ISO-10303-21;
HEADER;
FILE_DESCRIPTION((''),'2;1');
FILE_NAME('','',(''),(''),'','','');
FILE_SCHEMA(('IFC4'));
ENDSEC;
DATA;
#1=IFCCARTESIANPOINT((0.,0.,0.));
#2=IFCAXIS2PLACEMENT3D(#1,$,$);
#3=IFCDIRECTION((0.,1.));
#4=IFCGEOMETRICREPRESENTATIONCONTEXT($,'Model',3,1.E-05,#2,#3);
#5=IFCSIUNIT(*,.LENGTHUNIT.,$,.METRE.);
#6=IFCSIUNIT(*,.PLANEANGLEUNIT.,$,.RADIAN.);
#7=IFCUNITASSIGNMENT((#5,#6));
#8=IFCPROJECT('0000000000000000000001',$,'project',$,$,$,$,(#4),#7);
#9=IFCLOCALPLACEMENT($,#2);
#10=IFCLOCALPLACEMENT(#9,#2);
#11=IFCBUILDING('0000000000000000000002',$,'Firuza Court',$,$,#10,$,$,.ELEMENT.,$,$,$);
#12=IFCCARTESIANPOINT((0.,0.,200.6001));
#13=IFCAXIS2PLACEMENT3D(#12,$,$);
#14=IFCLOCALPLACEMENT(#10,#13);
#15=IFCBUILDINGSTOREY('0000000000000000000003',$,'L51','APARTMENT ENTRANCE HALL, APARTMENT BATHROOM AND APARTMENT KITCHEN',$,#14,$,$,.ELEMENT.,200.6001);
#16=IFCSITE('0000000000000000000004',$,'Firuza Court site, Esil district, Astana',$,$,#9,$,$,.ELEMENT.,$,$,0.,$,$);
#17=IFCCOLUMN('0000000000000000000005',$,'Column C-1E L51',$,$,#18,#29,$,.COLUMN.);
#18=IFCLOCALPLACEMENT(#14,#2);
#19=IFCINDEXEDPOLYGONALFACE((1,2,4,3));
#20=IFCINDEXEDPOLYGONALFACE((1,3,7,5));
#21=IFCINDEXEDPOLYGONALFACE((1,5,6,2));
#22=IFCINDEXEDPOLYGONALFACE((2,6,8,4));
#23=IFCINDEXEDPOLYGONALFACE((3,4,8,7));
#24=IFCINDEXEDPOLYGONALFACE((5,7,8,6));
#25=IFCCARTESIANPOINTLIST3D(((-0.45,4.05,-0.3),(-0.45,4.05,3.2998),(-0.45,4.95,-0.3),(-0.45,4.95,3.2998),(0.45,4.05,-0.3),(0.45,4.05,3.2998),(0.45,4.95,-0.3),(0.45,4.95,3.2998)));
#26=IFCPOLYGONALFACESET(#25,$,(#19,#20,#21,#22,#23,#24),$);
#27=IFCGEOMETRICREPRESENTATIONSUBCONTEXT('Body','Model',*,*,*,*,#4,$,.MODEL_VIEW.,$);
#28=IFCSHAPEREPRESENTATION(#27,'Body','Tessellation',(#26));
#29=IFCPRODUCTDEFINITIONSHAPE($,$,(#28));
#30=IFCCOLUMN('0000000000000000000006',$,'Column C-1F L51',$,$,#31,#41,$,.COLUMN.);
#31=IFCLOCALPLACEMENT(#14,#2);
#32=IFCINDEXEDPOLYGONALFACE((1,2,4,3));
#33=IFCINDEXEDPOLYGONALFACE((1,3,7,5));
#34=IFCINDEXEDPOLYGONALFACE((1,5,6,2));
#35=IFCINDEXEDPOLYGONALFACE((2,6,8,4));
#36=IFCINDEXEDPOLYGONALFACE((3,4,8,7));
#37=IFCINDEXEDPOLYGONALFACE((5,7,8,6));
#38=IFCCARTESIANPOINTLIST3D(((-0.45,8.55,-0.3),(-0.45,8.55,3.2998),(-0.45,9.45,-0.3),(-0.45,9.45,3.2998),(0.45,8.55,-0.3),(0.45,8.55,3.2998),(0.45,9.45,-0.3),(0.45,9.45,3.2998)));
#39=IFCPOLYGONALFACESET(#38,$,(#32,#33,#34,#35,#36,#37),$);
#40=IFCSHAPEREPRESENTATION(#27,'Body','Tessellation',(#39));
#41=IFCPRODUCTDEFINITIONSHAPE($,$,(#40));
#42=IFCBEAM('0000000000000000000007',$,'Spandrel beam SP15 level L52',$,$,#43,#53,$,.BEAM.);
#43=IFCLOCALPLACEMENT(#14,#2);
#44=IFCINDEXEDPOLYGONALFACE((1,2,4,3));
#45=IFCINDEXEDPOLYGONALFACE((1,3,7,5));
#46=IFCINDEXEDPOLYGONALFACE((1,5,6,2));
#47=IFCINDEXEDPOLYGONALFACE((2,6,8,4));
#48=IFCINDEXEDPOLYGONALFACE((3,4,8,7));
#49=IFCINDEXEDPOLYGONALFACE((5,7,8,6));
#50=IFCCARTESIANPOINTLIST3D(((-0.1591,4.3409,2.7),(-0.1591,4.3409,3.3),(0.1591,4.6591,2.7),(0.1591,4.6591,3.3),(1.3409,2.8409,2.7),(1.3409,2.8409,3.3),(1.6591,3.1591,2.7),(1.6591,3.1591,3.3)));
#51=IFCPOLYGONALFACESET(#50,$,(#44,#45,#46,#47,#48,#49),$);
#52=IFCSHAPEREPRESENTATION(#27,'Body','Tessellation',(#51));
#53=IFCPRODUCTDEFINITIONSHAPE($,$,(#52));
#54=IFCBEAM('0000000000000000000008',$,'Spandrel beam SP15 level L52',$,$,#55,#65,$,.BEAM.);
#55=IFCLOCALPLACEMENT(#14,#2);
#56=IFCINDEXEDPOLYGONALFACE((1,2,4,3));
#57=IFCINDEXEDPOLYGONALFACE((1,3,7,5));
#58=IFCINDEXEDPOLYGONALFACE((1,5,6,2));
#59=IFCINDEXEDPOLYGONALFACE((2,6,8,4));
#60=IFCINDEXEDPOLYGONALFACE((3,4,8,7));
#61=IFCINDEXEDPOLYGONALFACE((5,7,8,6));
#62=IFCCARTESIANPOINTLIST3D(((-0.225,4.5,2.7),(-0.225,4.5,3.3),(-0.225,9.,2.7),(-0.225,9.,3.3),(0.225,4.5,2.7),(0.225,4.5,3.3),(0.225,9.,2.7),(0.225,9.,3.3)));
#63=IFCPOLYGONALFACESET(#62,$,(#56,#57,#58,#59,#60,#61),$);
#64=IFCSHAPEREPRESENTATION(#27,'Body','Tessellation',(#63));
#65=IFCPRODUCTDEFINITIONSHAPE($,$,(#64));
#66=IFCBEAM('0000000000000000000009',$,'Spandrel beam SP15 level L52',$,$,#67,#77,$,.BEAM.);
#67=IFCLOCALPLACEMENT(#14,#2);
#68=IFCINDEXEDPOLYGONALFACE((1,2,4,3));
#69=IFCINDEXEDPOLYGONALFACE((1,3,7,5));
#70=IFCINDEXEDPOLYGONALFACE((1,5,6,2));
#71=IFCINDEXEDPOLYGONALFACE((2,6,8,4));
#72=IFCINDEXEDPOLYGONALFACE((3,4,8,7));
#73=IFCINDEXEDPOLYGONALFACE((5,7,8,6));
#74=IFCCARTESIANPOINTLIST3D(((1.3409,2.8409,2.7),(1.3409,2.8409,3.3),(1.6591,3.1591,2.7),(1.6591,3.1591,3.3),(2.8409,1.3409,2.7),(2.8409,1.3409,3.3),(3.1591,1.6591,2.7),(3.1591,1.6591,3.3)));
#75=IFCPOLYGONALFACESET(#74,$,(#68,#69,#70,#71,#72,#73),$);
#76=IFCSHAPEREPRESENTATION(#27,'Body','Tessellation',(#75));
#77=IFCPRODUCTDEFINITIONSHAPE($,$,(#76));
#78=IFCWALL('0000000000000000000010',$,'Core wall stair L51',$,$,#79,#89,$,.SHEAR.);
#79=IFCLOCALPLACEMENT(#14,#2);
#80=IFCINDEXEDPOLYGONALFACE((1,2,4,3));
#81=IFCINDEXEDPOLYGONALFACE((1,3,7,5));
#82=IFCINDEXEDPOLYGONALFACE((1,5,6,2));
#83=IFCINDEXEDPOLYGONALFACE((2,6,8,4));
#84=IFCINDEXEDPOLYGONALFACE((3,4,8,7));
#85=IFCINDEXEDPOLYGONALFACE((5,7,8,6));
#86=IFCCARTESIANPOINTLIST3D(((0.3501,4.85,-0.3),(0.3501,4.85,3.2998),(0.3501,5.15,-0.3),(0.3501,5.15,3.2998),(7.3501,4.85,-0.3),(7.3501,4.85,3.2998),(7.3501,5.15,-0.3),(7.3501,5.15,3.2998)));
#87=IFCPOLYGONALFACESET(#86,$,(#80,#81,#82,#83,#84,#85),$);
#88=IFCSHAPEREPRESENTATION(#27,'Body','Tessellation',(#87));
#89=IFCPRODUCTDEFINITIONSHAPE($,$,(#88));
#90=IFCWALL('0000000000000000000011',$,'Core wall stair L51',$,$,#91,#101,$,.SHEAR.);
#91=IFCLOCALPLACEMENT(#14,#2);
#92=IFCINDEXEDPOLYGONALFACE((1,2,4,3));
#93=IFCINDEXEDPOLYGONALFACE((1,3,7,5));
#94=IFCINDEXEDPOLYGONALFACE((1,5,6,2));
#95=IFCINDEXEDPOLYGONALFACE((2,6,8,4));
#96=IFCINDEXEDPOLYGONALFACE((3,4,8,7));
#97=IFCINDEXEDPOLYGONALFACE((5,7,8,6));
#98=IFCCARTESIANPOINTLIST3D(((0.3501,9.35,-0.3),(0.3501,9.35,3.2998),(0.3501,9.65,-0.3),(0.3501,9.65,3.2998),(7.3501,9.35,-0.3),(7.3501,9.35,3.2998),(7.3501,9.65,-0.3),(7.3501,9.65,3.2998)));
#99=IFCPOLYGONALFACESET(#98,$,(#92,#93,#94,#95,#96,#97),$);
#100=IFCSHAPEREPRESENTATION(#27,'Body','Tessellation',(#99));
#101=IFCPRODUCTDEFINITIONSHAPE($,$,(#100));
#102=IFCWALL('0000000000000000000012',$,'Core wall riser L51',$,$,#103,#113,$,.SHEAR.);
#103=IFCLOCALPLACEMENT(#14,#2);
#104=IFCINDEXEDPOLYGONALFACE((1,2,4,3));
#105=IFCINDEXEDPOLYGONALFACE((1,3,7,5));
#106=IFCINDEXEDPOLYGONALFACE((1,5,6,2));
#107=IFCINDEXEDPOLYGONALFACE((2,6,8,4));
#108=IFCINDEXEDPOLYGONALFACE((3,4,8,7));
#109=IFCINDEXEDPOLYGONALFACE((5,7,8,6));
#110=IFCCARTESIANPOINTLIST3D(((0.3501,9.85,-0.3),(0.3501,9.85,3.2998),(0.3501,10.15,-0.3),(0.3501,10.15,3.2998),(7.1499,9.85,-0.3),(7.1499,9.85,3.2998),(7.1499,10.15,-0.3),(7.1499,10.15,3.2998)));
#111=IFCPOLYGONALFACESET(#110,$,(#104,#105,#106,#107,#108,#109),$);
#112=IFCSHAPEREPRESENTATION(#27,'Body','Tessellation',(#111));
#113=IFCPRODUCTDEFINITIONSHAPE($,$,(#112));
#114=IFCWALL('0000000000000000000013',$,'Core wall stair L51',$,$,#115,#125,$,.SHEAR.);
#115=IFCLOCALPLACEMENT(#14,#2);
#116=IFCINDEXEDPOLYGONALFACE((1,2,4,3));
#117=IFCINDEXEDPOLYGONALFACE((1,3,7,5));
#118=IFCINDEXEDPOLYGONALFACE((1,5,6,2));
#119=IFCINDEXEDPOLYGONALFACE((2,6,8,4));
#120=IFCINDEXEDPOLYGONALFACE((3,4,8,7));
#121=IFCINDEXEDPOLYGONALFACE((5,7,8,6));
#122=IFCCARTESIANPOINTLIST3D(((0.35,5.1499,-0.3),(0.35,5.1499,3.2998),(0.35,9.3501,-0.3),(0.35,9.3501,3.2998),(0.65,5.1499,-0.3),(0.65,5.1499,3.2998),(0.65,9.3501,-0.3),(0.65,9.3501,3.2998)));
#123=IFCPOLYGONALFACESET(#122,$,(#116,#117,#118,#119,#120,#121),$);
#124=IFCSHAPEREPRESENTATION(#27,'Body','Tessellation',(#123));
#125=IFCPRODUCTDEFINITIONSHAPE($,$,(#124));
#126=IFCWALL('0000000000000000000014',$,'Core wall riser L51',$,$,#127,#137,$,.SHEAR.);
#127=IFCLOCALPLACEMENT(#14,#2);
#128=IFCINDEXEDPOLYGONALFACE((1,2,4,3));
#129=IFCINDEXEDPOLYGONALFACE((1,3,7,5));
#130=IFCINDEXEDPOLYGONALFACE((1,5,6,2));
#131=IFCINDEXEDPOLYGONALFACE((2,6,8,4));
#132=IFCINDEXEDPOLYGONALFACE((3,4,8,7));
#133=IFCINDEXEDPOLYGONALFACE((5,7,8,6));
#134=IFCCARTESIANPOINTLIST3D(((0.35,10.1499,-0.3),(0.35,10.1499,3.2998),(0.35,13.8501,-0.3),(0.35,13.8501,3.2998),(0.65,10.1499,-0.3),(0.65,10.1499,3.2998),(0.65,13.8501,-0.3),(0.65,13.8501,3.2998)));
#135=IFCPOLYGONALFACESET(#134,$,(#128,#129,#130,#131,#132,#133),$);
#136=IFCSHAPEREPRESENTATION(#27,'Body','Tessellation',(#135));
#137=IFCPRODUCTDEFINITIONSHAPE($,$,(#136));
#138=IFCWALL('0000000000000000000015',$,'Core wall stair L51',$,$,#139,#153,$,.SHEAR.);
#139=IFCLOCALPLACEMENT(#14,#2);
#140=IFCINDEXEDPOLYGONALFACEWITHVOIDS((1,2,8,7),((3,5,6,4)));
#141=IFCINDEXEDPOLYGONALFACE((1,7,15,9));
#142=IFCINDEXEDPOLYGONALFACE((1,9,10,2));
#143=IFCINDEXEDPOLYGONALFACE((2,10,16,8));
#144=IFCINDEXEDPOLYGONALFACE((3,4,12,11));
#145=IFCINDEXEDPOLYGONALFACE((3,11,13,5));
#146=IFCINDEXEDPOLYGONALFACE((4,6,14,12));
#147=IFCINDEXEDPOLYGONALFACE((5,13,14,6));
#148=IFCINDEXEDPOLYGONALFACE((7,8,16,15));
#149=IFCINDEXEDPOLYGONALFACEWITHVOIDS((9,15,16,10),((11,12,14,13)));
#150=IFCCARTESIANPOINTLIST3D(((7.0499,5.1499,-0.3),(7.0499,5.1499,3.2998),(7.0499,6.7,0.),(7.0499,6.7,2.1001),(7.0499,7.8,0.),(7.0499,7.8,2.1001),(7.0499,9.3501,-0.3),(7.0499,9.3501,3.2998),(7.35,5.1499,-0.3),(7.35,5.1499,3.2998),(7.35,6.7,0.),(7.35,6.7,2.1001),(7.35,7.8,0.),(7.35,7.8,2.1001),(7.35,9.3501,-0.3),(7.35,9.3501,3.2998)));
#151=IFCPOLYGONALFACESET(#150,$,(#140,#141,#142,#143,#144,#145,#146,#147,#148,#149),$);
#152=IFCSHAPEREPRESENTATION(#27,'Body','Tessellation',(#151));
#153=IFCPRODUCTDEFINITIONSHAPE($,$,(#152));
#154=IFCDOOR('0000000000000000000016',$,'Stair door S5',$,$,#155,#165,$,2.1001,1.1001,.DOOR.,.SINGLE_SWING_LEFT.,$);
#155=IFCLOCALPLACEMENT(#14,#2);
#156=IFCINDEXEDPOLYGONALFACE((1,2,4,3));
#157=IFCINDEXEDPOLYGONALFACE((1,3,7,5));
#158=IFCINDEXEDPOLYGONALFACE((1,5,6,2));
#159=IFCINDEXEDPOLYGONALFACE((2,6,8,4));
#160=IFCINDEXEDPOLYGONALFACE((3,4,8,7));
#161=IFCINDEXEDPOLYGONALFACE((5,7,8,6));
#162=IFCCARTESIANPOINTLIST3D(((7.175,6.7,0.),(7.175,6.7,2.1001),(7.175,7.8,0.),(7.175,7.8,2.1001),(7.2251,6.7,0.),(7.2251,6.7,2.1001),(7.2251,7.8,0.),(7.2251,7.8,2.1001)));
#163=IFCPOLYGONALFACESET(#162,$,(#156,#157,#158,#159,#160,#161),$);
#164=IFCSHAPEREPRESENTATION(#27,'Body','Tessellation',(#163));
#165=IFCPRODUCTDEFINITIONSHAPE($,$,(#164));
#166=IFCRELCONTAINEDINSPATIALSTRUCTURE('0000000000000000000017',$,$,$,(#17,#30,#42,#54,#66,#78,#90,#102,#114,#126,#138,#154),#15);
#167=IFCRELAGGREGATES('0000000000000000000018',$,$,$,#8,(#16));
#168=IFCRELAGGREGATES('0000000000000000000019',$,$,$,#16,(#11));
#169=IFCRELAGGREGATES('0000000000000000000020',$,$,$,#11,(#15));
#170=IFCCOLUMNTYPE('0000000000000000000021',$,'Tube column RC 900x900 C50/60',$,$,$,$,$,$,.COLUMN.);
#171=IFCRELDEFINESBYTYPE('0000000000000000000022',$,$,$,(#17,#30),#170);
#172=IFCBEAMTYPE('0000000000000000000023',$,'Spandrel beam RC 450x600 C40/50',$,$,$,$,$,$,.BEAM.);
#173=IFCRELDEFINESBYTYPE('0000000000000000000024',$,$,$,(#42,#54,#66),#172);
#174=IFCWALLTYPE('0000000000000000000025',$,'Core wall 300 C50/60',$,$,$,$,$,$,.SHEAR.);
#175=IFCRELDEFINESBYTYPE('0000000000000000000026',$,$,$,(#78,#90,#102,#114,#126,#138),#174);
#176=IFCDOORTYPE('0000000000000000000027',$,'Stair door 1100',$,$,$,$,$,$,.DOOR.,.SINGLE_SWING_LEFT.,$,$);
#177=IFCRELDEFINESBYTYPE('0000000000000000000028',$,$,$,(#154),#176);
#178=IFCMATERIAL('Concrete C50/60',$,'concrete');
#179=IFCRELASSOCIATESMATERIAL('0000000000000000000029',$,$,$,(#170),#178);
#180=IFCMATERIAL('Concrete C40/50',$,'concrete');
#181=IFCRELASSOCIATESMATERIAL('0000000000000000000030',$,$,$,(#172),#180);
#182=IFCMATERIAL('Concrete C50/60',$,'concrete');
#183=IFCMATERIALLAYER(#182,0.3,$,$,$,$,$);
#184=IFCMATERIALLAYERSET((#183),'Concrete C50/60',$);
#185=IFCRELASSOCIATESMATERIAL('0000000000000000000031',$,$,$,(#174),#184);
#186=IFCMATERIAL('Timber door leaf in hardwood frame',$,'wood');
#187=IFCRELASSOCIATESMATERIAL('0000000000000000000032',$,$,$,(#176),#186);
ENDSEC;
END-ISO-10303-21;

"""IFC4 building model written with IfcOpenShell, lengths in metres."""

from ifc_helpers import new_model, si_unit, direction, frame, frame_2d, origin, origin_2d, place, context, subcontext, project, spatial, rectangle, extrude, material, layer, layer_set, material_profile, profile_set, type_object, element, fill, save


model = new_model("IFC4")

# Units and contexts
model_context = context("Model", 3, precision=1e-05, world=origin(), true_north=direction((0.0, 1.0)))
body_context = subcontext(model_context, "Body", "Model", "MODEL_VIEW")
ifc_project = project(units=[si_unit("LENGTHUNIT", "METRE"), si_unit("PLANEANGLEUNIT", "RADIAN")], contexts=[model_context])

# Site, building, storey
site_placement = place(None, origin())
site = spatial("IfcSite", under=ifc_project, at=site_placement, Name="Firuza Court site, Esil district, Astana", CompositionType="ELEMENT", RefElevation=0.0)
building_placement = place(site_placement, origin())
building = spatial("IfcBuilding", under=site, at=building_placement, Name="Firuza Court", CompositionType="ELEMENT")
storey_placement = place(building_placement, frame((0.0, 0.0, 200.6001)))
storey = spatial("IfcBuildingStorey", under=building, at=storey_placement, Name="L51", Description="APARTMENT ENTRANCE HALL, APARTMENT BATHROOM AND APARTMENT KITCHEN", CompositionType="ELEMENT", Elevation=200.6001)

# Columns
ifc_material_1 = material(Name="Concrete C50/60", Category="concrete")
ifc_material_profile_1 = material_profile(ifc_material_1, rectangle(XDim=0.8999, YDim=0.8999, at=origin_2d()), Name="RC 900x900")
ifc_profile_set_1 = profile_set([ifc_material_profile_1], Name="Concrete C50/60")
column_type = type_object("IfcColumnType", Name="Tube column RC 900x900 C50/60", PredefinedType="COLUMN", material=ifc_profile_set_1)
for number, where, z_axis, x_axis, name in (
    (1, (0.0, 4.5, -0.3), (0.0, 0.0, 1.0), (1.0, 0.0, 0.0), "Column C-1E L51"),
    (2, (0.0, 9.0, -0.3), (0.0, 0.0, 1.0), (1.0, 0.0, 0.0), "Column C-1F L51"),
):
    element("IfcColumn", number, at=place(storey_placement, frame(where, z_axis=z_axis, x_axis=x_axis)), inside=storey, type_object=column_type, Name=name, PredefinedType="COLUMN", context=body_context, shape_type="SweptSolid", body=[
        extrude(rectangle(XDim=0.8999, YDim=0.8999, at=origin_2d()), origin(), (0.0, 0.0, 1.0), 3.5999),
    ])

# Beams
ifc_material_2 = material(Name="Concrete C40/50", Category="concrete")
ifc_material_profile_2 = material_profile(ifc_material_2, rectangle(XDim=0.45, YDim=0.6001, at=origin_2d()), Name="RC 450x600")
ifc_profile_set_2 = profile_set([ifc_material_profile_2], Name="Concrete C40/50")
beam_type = type_object("IfcBeamType", Name="Spandrel beam RC 450x600 C40/50", PredefinedType="BEAM", material=ifc_profile_set_2)
beam_1_placement = place(storey_placement, frame((0.0, 4.5, 3.0), z_axis=(0.707107, -0.707107, 0.0), x_axis=(0.707107, 0.707107, 0.0)))
element("IfcBeam", 3, at=beam_1_placement, inside=storey, type_object=beam_type, Name="Spandrel beam SP15 level L52", PredefinedType="BEAM", context=body_context, shape_type="SweptSolid", body=[
    extrude(rectangle(XDim=0.45, YDim=0.6001, at=origin_2d()), origin(), (0.0, 0.0, 1.0), 2.1213),
])
beam_2_placement = place(storey_placement, frame((0.0, 9.0, 3.0), z_axis=(0.0, -1.0, 0.0), x_axis=(1.0, 0.0, 0.0)))
element("IfcBeam", 4, at=beam_2_placement, inside=storey, type_object=beam_type, Name="Spandrel beam SP15 level L52", PredefinedType="BEAM", context=body_context, shape_type="SweptSolid", body=[
    extrude(rectangle(XDim=0.45, YDim=0.6001, at=origin_2d()), origin(), (0.0, 0.0, 1.0), 4.5),
])
beam_3_placement = place(storey_placement, frame((1.5, 3.0, 3.0), z_axis=(0.707107, -0.707107, 0.0), x_axis=(0.707107, 0.707107, 0.0)))
element("IfcBeam", 5, at=beam_3_placement, inside=storey, type_object=beam_type, Name="Spandrel beam SP15 level L52", PredefinedType="BEAM", context=body_context, shape_type="SweptSolid", body=[
    extrude(rectangle(XDim=0.45, YDim=0.6001, at=origin_2d()), origin(), (0.0, 0.0, 1.0), 2.1213),
])

# Walls
ifc_material_3 = material(Name="Concrete C50/60", Category="concrete")
ifc_layer_1 = layer(ifc_material_3, 0.3)
ifc_layer_set_1 = layer_set([ifc_layer_1], Name="Concrete C50/60")
wall_type_1 = type_object("IfcWallType", Name="Core wall 300 C50/60", PredefinedType="SHEAR", material=ifc_layer_set_1)
for number, where, z_axis, x_axis, name in (
    (6, (0.3501, 5.0, -0.3), (0.0, 0.0, 1.0), (1.0, 0.0, 0.0), "Core wall stair L51"),
    (7, (0.3501, 9.5, -0.3), (0.0, 0.0, 1.0), (1.0, 0.0, 0.0), "Core wall stair L51"),
):
    element("IfcWall", number, at=place(storey_placement, frame(where, z_axis=z_axis, x_axis=x_axis)), inside=storey, type_object=wall_type_1, Name=name, PredefinedType="SHEAR", context=body_context, shape_type="SweptSolid", body=[
        extrude(rectangle(XDim=7.0, YDim=0.3, at=frame_2d((3.5, 0.0))), origin(), (0.0, 0.0, 1.0), 3.5999),
    ])
wall_1_placement = place(storey_placement, frame((0.3501, 10.0, -0.3), z_axis=(0.0, 0.0, 1.0), x_axis=(1.0, 0.0, 0.0)))
element("IfcWall", 8, at=wall_1_placement, inside=storey, type_object=wall_type_1, Name="Core wall riser L51", PredefinedType="SHEAR", context=body_context, shape_type="SweptSolid", body=[
    extrude(rectangle(XDim=6.7998, YDim=0.3, at=frame_2d((3.3999, 0.0))), origin(), (0.0, 0.0, 1.0), 3.5999),
])
wall_2_placement = place(storey_placement, frame((0.5, 5.1499, -0.3), z_axis=(0.0, 0.0, 1.0), x_axis=(0.0, 1.0, 0.0)))
element("IfcWall", 9, at=wall_2_placement, inside=storey, type_object=wall_type_1, Name="Core wall stair L51", PredefinedType="SHEAR", context=body_context, shape_type="SweptSolid", body=[
    extrude(rectangle(XDim=4.2002, YDim=0.3, at=frame_2d((2.1001, 0.0))), origin(), (0.0, 0.0, 1.0), 3.5999),
])
wall_3_placement = place(storey_placement, frame((0.5, 10.1499, -0.3), z_axis=(0.0, 0.0, 1.0), x_axis=(0.0, 1.0, 0.0)))
element("IfcWall", 10, at=wall_3_placement, inside=storey, type_object=wall_type_1, Name="Core wall riser L51", PredefinedType="SHEAR", context=body_context, shape_type="SweptSolid", body=[
    extrude(rectangle(XDim=3.7002, YDim=0.3, at=frame_2d((1.8501, 0.0))), origin(), (0.0, 0.0, 1.0), 3.5999),
])

# Wall, opening, door
wall_4_placement = place(storey_placement, frame((7.2, 5.1499, -0.3), z_axis=(0.0, 0.0, 1.0), x_axis=(0.0, 1.0, 0.0)))
wall_4 = element("IfcWall", 11, at=wall_4_placement, inside=storey, type_object=wall_type_1, Name="Core wall stair L51", PredefinedType="SHEAR", context=body_context, shape_type="SweptSolid", body=[
    extrude(rectangle(XDim=4.2002, YDim=0.3, at=frame_2d((2.1001, 0.0))), origin(), (0.0, 0.0, 1.0), 3.5999),
])
opening_1_placement = place(wall_4_placement, frame((1.55, 0.0, 0.3)))
opening_1 = element("IfcOpeningElement", 12, at=opening_1_placement, cuts=wall_4, PredefinedType="OPENING", context=body_context, shape_type="SweptSolid", body=[
    extrude(rectangle(XDim=1.1001, YDim=2.1001, at=frame_2d((0.55, 1.05))), frame((0.0, 0.1621, 0.0), z_axis=(0.0, -1.0, 0.0), x_axis=(1.0, 0.0, 0.0)), (0.0, 0.0, 1.0), 0.324),
])
ifc_material_4 = material(Name="Timber door leaf in hardwood frame", Category="wood")
door_type_1 = type_object("IfcDoorType", Name="Stair door 1100", OperationType="SINGLE_SWING_LEFT", PredefinedType="DOOR", material=ifc_material_4)
door_1_placement = place(opening_1_placement, origin())
door_1 = element("IfcDoor", 13, at=door_1_placement, inside=storey, type_object=door_type_1, Name="Stair door S5", OperationType="SINGLE_SWING_LEFT", OverallHeight=2.1001, OverallWidth=1.1001, PredefinedType="DOOR", context=body_context, shape_type="SweptSolid", body=[
    extrude(rectangle(XDim=1.1001, YDim=2.1001, at=frame_2d((0.55, 1.05))), frame((0.0, 0.0249, 0.0), z_axis=(0.0, -1.0, 0.0), x_axis=(1.0, 0.0, 0.0)), (0.0, 0.0, 1.0), 0.05),
])
fill(opening_1, door_1)

save(model, "model.ifc")
